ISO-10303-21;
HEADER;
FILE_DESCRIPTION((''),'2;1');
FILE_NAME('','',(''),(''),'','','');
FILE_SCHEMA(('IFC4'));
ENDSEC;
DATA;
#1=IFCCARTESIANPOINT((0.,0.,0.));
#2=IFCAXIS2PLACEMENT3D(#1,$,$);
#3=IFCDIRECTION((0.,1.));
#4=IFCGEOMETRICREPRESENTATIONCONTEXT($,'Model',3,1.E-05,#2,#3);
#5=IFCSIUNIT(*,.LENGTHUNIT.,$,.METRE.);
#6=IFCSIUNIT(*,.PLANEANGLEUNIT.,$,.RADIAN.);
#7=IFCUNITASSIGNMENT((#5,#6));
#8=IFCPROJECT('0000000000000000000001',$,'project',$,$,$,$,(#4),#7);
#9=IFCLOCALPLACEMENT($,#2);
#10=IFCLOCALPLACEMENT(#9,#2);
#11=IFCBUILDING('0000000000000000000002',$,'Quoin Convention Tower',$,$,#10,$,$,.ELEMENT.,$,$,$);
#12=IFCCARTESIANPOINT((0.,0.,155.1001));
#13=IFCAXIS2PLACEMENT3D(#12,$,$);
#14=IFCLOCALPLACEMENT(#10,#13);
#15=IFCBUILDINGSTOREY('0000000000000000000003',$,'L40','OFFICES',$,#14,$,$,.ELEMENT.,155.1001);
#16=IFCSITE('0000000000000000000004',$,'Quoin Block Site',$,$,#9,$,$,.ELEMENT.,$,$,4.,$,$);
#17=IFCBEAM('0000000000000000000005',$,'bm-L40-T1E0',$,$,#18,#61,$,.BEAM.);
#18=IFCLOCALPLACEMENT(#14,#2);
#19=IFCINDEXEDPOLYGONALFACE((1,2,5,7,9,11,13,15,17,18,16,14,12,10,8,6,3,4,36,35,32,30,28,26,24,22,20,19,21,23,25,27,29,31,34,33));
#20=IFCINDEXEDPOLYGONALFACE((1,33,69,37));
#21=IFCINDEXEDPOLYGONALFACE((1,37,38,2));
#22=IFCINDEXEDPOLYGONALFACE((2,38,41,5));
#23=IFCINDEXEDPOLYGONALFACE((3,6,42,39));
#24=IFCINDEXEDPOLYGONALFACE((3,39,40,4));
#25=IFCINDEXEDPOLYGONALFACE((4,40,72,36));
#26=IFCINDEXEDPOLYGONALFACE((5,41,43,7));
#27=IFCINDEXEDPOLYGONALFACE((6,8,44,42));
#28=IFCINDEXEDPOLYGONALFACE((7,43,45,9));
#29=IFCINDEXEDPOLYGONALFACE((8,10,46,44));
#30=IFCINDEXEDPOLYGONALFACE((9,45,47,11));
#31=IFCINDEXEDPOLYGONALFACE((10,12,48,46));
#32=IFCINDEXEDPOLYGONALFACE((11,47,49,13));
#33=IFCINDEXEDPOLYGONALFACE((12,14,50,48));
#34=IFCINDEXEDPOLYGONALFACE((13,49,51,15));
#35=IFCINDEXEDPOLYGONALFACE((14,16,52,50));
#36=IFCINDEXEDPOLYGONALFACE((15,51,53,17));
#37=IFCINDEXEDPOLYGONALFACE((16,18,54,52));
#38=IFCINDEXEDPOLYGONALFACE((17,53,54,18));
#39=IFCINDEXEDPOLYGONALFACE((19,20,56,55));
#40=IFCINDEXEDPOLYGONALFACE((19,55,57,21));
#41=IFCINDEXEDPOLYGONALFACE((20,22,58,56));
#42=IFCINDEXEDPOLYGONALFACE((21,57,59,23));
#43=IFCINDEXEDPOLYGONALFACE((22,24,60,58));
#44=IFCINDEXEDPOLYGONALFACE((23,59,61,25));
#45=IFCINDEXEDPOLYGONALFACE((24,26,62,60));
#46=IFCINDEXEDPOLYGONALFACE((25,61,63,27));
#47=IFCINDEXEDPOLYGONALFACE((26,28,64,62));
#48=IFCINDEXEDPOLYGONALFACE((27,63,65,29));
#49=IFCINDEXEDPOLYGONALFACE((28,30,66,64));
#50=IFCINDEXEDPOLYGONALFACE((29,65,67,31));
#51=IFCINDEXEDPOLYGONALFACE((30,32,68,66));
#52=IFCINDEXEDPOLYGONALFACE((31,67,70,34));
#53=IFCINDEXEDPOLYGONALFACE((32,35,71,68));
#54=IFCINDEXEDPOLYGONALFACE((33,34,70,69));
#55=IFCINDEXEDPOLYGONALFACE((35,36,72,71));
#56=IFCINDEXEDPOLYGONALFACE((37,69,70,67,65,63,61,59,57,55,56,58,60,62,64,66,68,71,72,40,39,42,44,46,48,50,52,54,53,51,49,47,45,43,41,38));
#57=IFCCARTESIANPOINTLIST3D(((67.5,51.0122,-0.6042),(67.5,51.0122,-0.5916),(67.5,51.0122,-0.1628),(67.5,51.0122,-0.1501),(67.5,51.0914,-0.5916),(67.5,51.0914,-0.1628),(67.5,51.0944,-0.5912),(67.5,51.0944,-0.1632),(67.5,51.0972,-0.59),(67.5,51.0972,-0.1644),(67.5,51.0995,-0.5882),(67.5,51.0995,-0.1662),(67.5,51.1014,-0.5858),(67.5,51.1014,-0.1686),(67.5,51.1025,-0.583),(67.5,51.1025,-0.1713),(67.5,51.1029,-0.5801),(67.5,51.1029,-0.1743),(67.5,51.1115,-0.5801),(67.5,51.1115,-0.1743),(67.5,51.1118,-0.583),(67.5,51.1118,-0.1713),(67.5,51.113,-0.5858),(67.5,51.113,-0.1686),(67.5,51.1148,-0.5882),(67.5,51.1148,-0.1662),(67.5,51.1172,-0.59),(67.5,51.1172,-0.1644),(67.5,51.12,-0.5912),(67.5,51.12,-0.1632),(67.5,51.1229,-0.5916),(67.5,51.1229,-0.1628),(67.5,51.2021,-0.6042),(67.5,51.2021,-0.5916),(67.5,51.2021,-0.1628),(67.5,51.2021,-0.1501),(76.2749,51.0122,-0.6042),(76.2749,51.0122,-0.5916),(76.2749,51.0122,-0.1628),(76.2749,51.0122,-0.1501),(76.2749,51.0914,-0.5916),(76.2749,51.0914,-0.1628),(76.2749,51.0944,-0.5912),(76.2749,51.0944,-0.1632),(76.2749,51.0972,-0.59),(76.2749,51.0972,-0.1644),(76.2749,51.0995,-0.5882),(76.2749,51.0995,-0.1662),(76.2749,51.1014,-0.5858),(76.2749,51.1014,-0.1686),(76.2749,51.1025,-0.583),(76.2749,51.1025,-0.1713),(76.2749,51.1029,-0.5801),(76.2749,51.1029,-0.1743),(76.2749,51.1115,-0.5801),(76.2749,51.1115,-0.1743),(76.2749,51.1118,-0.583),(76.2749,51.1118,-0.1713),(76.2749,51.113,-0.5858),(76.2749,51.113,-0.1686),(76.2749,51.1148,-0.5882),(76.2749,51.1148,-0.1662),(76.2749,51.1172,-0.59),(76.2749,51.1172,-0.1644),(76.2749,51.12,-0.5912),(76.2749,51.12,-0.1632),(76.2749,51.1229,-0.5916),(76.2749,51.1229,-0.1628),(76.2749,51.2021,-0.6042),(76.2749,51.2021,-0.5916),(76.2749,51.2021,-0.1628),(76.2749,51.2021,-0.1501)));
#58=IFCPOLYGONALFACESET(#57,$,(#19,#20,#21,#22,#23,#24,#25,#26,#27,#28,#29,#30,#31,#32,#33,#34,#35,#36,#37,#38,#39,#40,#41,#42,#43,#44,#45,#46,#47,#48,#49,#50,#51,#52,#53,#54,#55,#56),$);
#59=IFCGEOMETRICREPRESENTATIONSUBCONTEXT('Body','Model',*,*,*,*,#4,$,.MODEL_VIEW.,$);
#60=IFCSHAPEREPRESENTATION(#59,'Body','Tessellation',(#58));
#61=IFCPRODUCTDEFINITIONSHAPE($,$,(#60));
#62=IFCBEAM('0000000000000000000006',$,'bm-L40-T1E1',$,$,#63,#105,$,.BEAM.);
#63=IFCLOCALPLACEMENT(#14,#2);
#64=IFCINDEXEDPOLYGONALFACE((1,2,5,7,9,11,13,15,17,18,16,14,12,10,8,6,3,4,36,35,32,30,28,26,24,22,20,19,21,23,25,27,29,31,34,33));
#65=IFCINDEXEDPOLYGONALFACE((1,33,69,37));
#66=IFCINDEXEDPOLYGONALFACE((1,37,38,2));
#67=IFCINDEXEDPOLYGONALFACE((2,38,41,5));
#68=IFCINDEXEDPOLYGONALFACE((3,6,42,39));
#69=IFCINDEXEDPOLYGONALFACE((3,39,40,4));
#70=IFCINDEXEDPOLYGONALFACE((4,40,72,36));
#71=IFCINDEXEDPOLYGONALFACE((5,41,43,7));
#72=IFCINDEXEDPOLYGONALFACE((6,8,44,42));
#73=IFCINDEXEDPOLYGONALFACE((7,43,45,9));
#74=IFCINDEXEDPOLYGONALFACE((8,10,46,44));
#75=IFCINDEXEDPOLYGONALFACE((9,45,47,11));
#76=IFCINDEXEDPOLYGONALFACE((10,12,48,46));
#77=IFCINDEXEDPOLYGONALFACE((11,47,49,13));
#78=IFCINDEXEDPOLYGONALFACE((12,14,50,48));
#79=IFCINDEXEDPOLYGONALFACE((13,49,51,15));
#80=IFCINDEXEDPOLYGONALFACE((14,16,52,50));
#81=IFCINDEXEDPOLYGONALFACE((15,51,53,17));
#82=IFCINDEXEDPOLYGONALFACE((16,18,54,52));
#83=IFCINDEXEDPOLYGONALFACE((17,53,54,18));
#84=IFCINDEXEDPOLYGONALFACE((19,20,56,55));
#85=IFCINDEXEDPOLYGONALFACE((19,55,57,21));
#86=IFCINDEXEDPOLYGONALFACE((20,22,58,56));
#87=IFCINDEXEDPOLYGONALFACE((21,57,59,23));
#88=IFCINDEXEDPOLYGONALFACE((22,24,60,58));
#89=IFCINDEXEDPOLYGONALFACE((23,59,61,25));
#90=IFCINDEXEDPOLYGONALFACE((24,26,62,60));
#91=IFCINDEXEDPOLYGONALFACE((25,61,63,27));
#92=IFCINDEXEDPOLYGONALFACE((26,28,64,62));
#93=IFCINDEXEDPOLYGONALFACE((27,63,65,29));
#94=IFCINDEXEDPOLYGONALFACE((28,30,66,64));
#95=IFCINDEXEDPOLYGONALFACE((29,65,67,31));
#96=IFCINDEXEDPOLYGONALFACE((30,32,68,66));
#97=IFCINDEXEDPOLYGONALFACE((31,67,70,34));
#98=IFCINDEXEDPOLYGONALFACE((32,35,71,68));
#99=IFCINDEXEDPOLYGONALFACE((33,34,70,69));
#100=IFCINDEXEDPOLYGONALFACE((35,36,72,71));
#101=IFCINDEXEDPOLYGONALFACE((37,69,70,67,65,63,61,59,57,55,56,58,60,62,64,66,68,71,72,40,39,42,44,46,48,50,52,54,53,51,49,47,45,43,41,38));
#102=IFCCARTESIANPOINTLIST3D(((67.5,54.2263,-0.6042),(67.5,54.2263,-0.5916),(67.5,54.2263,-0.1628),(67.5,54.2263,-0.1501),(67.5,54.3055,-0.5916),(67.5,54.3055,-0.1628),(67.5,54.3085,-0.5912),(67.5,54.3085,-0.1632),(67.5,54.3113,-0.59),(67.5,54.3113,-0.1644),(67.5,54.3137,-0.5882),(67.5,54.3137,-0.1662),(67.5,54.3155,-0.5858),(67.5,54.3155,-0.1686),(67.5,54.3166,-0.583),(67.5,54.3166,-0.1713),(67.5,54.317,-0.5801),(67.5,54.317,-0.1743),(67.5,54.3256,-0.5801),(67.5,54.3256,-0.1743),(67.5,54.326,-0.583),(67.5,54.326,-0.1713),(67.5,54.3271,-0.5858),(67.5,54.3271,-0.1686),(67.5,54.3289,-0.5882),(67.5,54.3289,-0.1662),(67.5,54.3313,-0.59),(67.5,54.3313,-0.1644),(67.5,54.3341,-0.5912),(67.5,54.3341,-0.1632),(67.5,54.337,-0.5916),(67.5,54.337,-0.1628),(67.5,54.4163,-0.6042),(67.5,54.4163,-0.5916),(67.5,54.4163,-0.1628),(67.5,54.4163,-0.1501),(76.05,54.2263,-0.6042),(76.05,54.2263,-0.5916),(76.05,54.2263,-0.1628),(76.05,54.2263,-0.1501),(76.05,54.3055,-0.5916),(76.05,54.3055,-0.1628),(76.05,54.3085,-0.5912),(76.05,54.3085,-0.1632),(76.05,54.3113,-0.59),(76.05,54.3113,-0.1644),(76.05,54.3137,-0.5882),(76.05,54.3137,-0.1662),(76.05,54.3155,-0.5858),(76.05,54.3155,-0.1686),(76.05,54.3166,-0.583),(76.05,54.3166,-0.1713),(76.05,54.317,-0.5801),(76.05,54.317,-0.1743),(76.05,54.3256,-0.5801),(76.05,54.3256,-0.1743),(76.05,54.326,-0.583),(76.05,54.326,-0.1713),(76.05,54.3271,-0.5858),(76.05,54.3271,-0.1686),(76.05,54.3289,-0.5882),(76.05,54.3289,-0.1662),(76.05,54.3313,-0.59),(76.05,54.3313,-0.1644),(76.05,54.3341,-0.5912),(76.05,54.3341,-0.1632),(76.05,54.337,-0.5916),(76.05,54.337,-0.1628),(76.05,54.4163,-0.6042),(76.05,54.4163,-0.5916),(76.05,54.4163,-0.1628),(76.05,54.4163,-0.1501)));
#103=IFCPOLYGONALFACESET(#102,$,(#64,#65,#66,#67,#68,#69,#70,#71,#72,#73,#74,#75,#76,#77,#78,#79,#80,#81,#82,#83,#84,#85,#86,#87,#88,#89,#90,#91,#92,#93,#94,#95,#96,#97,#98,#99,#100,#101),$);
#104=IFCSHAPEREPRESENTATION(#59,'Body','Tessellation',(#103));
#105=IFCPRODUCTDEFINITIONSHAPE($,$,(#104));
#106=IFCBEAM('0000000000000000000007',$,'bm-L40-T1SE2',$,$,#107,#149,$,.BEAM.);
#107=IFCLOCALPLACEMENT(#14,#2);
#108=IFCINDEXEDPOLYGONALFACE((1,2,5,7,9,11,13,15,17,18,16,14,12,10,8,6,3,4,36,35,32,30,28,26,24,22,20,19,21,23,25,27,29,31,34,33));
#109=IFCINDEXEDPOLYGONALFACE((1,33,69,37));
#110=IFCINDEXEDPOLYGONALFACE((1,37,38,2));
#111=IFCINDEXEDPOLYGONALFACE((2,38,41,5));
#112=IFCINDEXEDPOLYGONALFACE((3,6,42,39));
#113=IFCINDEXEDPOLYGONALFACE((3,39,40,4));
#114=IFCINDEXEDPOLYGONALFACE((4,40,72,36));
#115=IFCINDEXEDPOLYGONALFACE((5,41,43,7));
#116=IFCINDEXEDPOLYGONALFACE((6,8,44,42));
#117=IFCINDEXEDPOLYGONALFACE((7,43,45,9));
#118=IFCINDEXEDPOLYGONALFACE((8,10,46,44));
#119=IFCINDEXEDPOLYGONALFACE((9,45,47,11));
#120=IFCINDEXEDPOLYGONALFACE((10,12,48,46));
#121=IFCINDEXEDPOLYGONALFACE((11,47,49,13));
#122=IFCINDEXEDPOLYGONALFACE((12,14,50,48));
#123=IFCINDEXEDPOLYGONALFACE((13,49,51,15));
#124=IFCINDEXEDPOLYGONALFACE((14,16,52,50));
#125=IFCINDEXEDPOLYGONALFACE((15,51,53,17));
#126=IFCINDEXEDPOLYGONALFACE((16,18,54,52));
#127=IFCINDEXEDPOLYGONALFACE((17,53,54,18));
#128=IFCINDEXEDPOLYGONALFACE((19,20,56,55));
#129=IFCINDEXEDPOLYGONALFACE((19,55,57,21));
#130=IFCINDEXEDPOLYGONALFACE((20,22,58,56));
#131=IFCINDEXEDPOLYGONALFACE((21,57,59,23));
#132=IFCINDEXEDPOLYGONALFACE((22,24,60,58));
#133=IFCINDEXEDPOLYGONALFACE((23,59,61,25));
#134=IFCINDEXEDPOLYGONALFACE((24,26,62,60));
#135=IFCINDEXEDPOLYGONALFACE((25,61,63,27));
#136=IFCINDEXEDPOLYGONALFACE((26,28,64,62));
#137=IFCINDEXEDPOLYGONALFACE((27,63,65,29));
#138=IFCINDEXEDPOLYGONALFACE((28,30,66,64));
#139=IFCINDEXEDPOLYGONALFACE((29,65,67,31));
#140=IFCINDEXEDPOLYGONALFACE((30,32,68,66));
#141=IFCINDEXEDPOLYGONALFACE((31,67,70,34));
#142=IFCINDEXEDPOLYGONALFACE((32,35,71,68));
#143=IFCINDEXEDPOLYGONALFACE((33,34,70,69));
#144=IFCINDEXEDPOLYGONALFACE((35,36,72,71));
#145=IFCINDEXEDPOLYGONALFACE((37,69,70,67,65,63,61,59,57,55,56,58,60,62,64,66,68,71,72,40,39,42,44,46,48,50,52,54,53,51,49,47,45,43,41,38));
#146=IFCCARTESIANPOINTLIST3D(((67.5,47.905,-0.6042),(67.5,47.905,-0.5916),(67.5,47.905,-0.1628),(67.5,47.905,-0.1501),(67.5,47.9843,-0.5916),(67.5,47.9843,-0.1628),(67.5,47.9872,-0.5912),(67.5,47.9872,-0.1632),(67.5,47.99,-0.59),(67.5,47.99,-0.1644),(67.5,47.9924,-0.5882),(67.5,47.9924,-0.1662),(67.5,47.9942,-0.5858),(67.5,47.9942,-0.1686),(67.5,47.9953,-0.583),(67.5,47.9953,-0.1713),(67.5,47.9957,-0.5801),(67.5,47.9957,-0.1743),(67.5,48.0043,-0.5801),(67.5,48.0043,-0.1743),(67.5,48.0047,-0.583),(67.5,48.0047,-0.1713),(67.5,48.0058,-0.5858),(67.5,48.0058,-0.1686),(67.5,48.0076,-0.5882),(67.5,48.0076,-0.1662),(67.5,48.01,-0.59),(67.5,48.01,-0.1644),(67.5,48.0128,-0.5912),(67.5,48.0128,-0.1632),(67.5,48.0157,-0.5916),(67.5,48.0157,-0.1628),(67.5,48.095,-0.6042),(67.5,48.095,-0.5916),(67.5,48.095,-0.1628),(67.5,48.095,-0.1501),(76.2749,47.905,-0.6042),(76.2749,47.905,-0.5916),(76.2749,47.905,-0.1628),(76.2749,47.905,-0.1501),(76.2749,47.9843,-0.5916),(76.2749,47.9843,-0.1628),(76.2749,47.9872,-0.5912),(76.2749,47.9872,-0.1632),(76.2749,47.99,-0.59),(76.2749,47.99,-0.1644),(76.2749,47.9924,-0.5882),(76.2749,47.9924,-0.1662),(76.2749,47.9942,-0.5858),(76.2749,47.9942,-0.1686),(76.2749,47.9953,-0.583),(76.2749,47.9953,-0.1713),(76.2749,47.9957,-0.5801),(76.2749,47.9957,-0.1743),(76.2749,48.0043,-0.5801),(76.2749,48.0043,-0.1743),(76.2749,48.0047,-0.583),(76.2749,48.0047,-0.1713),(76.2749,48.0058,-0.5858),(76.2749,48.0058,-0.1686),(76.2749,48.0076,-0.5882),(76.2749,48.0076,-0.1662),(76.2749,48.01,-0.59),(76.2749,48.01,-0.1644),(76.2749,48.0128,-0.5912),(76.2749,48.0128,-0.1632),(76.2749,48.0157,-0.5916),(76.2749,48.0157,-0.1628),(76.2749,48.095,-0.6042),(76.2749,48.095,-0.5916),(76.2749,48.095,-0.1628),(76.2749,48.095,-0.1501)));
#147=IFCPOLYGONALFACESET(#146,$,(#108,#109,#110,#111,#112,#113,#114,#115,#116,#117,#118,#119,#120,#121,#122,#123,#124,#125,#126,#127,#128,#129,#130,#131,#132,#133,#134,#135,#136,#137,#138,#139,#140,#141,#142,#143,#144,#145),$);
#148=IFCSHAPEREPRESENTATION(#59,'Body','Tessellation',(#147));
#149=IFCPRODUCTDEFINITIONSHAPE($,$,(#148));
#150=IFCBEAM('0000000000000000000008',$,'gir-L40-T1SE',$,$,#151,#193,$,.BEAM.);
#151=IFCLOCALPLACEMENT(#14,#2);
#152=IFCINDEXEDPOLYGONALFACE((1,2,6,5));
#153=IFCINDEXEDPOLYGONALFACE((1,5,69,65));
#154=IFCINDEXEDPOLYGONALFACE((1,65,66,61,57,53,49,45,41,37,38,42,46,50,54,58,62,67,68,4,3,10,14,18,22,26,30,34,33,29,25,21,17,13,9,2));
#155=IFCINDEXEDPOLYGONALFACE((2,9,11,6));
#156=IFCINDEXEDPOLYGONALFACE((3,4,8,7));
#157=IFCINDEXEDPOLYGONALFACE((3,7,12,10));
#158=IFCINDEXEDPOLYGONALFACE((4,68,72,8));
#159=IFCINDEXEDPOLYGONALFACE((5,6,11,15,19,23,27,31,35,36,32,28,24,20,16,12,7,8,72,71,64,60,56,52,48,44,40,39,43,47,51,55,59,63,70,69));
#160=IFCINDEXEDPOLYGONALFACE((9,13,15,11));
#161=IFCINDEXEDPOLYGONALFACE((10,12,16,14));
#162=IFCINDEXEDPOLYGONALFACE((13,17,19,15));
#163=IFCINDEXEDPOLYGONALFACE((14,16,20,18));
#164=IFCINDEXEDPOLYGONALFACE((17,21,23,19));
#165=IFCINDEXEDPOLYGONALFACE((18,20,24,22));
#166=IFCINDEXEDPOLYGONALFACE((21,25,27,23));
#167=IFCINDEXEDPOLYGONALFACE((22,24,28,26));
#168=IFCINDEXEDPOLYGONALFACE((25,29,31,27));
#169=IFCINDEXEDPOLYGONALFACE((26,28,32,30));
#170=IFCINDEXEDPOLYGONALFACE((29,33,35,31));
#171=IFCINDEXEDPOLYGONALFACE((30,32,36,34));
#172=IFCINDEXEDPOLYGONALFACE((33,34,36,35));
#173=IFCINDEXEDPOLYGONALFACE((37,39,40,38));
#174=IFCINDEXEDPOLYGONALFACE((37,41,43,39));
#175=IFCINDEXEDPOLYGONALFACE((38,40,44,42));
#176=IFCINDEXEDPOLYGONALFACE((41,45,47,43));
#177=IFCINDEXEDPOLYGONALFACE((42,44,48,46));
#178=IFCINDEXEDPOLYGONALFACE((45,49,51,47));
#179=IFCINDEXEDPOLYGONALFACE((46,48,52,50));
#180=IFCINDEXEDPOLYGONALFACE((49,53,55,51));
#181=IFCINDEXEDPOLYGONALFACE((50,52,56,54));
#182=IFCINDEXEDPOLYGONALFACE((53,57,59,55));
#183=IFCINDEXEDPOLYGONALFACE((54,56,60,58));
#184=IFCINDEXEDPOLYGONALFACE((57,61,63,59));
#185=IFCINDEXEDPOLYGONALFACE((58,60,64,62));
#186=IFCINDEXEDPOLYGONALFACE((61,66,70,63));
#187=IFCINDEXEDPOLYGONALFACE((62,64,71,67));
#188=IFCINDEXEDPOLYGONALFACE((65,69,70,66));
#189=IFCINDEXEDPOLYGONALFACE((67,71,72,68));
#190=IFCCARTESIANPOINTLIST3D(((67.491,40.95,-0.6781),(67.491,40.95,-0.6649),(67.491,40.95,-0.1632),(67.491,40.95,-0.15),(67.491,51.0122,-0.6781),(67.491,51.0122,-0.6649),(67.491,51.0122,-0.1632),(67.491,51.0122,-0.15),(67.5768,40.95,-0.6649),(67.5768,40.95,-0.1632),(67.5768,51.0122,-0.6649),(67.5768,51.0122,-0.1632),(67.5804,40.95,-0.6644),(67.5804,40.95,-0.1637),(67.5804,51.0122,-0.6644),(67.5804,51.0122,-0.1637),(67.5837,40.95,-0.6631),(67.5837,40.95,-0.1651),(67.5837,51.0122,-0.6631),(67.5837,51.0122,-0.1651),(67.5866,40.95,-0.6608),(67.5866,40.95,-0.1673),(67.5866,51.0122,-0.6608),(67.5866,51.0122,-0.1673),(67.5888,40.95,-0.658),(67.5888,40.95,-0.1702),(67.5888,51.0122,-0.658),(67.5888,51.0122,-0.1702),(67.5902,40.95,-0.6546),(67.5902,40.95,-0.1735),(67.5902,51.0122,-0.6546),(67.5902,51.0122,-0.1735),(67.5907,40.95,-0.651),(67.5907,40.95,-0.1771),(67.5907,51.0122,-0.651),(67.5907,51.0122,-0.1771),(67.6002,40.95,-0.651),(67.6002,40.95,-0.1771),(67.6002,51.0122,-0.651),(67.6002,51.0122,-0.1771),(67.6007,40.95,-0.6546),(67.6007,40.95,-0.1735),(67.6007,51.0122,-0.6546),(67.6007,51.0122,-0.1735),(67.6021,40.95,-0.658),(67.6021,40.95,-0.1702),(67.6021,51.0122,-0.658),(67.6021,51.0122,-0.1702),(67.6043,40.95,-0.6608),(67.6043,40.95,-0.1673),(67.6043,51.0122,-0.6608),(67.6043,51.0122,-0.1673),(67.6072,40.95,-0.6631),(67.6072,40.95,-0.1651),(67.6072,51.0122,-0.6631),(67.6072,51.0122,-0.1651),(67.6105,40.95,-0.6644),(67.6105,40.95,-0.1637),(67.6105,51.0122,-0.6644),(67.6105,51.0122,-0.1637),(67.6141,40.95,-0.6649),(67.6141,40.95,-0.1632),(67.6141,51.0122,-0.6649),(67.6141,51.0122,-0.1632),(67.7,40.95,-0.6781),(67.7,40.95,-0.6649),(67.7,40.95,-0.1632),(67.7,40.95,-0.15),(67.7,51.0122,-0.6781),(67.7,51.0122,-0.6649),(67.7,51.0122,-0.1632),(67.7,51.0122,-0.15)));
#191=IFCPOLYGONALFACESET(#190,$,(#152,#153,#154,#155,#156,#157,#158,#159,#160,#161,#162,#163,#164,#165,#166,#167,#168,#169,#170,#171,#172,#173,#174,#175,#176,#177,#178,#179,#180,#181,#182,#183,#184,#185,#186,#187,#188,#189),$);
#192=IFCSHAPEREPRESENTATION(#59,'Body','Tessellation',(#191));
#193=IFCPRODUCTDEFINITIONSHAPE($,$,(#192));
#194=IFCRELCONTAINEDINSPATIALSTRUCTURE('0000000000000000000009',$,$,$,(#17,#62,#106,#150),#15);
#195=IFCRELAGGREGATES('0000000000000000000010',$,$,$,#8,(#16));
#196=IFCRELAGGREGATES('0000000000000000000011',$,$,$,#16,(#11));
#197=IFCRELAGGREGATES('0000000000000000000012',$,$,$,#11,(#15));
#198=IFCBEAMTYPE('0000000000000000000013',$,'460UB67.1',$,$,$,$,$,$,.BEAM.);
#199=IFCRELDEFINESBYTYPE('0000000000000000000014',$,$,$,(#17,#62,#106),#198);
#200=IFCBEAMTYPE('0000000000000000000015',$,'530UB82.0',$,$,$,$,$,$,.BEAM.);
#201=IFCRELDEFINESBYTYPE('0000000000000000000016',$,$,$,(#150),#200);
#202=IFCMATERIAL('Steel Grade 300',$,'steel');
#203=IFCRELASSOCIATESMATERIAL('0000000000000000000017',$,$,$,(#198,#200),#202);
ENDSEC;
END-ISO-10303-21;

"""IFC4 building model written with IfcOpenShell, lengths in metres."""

from ifc_helpers import new_model, si_unit, direction, frame, origin, origin_2d, place, context, subcontext, project, spatial, i_section, extrude, material, material_profile, profile_set, type_object, element, save


model = new_model("IFC4")

# Units and contexts
model_context = context("Model", 3, precision=1e-05, world=origin(), true_north=direction((0.0, 1.0)))
body_context = subcontext(model_context, "Body", "Model", "MODEL_VIEW")
ifc_project = project(units=[si_unit("LENGTHUNIT", "METRE"), si_unit("PLANEANGLEUNIT", "RADIAN")], contexts=[model_context])

# Site, building, storey
site_placement = place(None, origin())
site = spatial("IfcSite", under=ifc_project, at=site_placement, Name="Quoin Block Site", CompositionType="ELEMENT", RefElevation=4.0)
building_placement = place(site_placement, origin())
building = spatial("IfcBuilding", under=site, at=building_placement, Name="Quoin Convention Tower", CompositionType="ELEMENT")
storey_placement = place(building_placement, frame((0.0, 0.0, 155.1001)))
storey = spatial("IfcBuildingStorey", under=building, at=storey_placement, Name="L40", Description="OFFICES", CompositionType="ELEMENT", Elevation=155.1001)

# Beams
ifc_material_1 = material(Name="Steel Grade 300", Category="steel")
ifc_material_profile_1 = material_profile(ifc_material_1, i_section(OverallWidth=0.1899, OverallDepth=0.4541, WebThickness=0.0085, FlangeThickness=0.0127, FilletRadius=0.0115, at=origin_2d()), Name="460UB67.1")
ifc_profile_set_1 = profile_set([ifc_material_profile_1], Name="Steel Grade 300")
beam_type_1 = type_object("IfcBeamType", Name="460UB67.1", PredefinedType="BEAM", material=ifc_profile_set_1)
beam_1_placement = place(storey_placement, frame((67.5, 51.1072, -0.3772), z_axis=(1.0, 0.0, 0.0), x_axis=(0.0, 1.0, 0.0)))
element("IfcBeam", 1, at=beam_1_placement, inside=storey, type_object=beam_type_1, Name="bm-L40-T1E0", PredefinedType="BEAM", context=body_context, shape_type="SweptSolid", body=[
    extrude(i_section(OverallWidth=0.1899, OverallDepth=0.4541, WebThickness=0.0085, FlangeThickness=0.0127, FilletRadius=0.0115, at=origin_2d()), origin(), (0.0, 0.0, 1.0), 8.7749),
])
beam_2_placement = place(storey_placement, frame((67.5, 54.3213, -0.3772), z_axis=(1.0, 0.0, 0.0), x_axis=(0.0, 1.0, 0.0)))
element("IfcBeam", 2, at=beam_2_placement, inside=storey, type_object=beam_type_1, Name="bm-L40-T1E1", PredefinedType="BEAM", context=body_context, shape_type="SweptSolid", body=[
    extrude(i_section(OverallWidth=0.1899, OverallDepth=0.4541, WebThickness=0.0085, FlangeThickness=0.0127, FilletRadius=0.0115, at=origin_2d()), origin(), (0.0, 0.0, 1.0), 8.55),
])
beam_3_placement = place(storey_placement, frame((67.5, 48.0, -0.3772), z_axis=(1.0, 0.0, 0.0), x_axis=(0.0, 1.0, 0.0)))
element("IfcBeam", 3, at=beam_3_placement, inside=storey, type_object=beam_type_1, Name="bm-L40-T1SE2", PredefinedType="BEAM", context=body_context, shape_type="SweptSolid", body=[
    extrude(i_section(OverallWidth=0.1899, OverallDepth=0.4541, WebThickness=0.0085, FlangeThickness=0.0127, FilletRadius=0.0115, at=origin_2d()), origin(), (0.0, 0.0, 1.0), 8.7749),
])
ifc_material_profile_2 = material_profile(ifc_material_1, i_section(OverallWidth=0.209, OverallDepth=0.5281, WebThickness=0.0095, FlangeThickness=0.0132, FilletRadius=0.0139, at=origin_2d()), Name="530UB82.0")
ifc_profile_set_2 = profile_set([ifc_material_profile_2], Name="Steel Grade 300")
beam_type_2 = type_object("IfcBeamType", Name="530UB82.0", PredefinedType="BEAM", material=ifc_profile_set_2)
beam_4_placement = place(storey_placement, frame((67.5955, 40.95, -0.4141), z_axis=(0.0, 1.0, 0.0), x_axis=(-1.0, 0.0, 0.0)))
element("IfcBeam", 4, at=beam_4_placement, inside=storey, type_object=beam_type_2, Name="gir-L40-T1SE", PredefinedType="BEAM", context=body_context, shape_type="SweptSolid", body=[
    extrude(i_section(OverallWidth=0.209, OverallDepth=0.5281, WebThickness=0.0095, FlangeThickness=0.0132, FilletRadius=0.0139, at=origin_2d()), origin(), (0.0, 0.0, 1.0), 10.0623),
])

save(model, "model.ifc")
